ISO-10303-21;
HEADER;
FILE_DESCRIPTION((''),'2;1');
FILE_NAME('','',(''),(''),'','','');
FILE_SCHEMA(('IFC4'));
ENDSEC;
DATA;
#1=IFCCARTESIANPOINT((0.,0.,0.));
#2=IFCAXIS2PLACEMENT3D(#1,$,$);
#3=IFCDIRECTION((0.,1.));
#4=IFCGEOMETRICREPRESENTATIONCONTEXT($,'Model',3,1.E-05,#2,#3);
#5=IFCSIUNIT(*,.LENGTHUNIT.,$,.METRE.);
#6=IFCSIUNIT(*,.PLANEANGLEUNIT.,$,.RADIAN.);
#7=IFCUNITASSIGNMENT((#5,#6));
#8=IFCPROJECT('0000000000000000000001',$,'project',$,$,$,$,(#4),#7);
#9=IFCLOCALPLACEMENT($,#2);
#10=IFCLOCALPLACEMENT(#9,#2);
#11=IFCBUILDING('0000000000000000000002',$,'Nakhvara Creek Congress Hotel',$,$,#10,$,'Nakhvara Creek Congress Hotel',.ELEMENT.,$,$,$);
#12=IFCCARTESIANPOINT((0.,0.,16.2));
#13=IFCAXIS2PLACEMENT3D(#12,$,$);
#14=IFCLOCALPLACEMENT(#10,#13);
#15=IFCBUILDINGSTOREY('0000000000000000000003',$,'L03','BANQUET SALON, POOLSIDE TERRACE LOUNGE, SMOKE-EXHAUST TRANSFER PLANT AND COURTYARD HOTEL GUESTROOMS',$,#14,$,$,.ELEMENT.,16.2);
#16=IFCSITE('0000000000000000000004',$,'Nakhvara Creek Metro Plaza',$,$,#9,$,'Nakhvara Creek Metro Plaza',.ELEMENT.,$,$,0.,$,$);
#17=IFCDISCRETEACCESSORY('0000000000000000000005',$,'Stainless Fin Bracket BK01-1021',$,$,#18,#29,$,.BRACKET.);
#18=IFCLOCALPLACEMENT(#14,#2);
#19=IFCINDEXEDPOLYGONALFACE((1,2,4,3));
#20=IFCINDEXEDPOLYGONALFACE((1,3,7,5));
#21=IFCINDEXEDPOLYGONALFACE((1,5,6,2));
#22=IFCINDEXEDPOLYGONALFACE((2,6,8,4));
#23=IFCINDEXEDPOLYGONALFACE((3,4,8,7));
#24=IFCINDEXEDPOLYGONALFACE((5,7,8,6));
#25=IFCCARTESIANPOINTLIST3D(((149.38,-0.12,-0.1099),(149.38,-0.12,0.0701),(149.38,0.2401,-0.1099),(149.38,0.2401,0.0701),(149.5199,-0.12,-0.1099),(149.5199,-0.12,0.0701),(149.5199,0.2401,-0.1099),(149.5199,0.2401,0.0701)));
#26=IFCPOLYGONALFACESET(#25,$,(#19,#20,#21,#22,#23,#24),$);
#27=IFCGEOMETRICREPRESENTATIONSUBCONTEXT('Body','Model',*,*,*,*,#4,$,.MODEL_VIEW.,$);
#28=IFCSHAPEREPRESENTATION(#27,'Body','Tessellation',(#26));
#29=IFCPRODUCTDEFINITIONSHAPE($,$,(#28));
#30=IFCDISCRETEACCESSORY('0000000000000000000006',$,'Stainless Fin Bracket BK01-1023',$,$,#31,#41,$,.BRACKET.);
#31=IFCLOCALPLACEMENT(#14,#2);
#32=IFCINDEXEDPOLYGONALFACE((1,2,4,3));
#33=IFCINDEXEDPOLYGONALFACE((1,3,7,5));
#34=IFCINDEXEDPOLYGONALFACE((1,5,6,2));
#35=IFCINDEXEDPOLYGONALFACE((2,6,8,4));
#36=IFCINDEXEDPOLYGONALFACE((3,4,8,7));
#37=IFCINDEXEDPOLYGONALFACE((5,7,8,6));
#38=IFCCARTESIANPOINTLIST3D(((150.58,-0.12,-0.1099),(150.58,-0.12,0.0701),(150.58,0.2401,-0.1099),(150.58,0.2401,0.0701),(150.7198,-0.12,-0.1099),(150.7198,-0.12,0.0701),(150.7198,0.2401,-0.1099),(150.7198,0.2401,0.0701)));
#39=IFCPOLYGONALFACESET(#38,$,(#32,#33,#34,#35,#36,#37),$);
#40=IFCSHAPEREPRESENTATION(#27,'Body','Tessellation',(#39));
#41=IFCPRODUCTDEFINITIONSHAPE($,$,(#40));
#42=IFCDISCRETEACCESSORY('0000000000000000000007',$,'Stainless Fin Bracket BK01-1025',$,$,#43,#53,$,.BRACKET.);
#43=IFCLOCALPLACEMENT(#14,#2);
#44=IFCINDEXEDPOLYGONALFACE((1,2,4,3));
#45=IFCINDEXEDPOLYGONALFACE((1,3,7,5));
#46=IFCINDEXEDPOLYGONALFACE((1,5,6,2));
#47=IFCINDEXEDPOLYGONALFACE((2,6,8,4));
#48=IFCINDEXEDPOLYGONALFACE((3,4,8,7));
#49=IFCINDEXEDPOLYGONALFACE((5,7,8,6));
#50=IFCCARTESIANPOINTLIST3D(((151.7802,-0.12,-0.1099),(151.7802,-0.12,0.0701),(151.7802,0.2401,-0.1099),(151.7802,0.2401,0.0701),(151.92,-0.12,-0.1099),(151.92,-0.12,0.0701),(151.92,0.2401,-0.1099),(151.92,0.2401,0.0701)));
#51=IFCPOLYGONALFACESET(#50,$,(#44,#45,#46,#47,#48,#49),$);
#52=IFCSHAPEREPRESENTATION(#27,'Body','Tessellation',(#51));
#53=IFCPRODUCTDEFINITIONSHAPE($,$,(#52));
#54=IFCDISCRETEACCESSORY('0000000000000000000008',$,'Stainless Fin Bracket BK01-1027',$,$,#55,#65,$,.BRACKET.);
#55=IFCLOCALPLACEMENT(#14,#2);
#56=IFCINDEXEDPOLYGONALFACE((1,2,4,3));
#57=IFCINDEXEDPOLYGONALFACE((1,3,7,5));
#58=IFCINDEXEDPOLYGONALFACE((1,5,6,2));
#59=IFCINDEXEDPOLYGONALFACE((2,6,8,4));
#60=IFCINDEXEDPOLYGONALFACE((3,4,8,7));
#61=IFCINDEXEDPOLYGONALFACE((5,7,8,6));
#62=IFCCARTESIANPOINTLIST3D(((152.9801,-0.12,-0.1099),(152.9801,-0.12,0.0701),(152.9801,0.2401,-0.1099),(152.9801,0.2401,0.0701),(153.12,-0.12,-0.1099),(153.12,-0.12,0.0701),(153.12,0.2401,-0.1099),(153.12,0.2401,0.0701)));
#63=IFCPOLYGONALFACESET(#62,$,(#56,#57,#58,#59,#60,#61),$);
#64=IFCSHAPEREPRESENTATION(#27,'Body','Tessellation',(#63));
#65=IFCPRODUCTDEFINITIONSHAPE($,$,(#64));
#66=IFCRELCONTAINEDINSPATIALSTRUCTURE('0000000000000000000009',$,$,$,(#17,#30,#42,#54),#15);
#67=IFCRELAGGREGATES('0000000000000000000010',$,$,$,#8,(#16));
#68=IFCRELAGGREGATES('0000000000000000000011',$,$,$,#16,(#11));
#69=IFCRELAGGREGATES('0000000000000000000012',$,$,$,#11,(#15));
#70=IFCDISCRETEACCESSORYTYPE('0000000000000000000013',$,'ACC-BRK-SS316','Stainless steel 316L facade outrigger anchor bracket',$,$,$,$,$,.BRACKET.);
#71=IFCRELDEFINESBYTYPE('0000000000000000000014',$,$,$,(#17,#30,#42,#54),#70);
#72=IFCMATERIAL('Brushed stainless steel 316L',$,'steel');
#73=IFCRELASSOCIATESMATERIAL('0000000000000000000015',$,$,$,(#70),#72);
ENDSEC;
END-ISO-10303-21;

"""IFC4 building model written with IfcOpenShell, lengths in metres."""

from ifc_helpers import new_model, si_unit, direction, frame, origin, origin_2d, place, context, subcontext, project, spatial, rectangle, extrude, material, type_object, element, save


model = new_model("IFC4")

# Units and contexts
model_context = context("Model", 3, precision=1e-05, world=origin(), true_north=direction((0.0, 1.0)))
body_context = subcontext(model_context, "Body", "Model", "MODEL_VIEW")
ifc_project = project(units=[si_unit("LENGTHUNIT", "METRE"), si_unit("PLANEANGLEUNIT", "RADIAN")], contexts=[model_context])

# Site, building, storey
site_placement = place(None, origin())
site = spatial("IfcSite", under=ifc_project, at=site_placement, Name="Nakhvara Creek Metro Plaza", LongName="Nakhvara Creek Metro Plaza", CompositionType="ELEMENT", RefElevation=0.0)
building_placement = place(site_placement, origin())
building = spatial("IfcBuilding", under=site, at=building_placement, Name="Nakhvara Creek Congress Hotel", LongName="Nakhvara Creek Congress Hotel", CompositionType="ELEMENT")
storey_placement = place(building_placement, frame((0.0, 0.0, 16.2)))
storey = spatial("IfcBuildingStorey", under=building, at=storey_placement, Name="L03", Description="BANQUET SALON, POOLSIDE TERRACE LOUNGE, SMOKE-EXHAUST TRANSFER PLANT AND COURTYARD HOTEL GUESTROOMS", CompositionType="ELEMENT", Elevation=16.2)

# Discrete accessories
ifc_material_1 = material(Name="Brushed stainless steel 316L", Category="steel")
discrete_accessory_type = type_object("IfcDiscreteAccessoryType", Name="ACC-BRK-SS316", Description="Stainless steel 316L facade outrigger anchor bracket", PredefinedType="BRACKET", material=ifc_material_1)
for number, where, z_axis, x_axis, name in (
    (1, (149.45, 0.0601, -0.1099), (0.0, 0.0, 1.0), (1.0, 0.0, 0.0), "Stainless Fin Bracket BK01-1021"),
    (2, (150.6499, 0.0601, -0.1099), (0.0, 0.0, 1.0), (1.0, 0.0, 0.0), "Stainless Fin Bracket BK01-1023"),
    (3, (151.8501, 0.0601, -0.1099), (0.0, 0.0, 1.0), (1.0, 0.0, 0.0), "Stainless Fin Bracket BK01-1025"),
    (4, (153.05, 0.0601, -0.1099), (0.0, 0.0, 1.0), (1.0, 0.0, 0.0), "Stainless Fin Bracket BK01-1027"),
):
    element("IfcDiscreteAccessory", number, at=place(storey_placement, frame(where, z_axis=z_axis, x_axis=x_axis)), inside=storey, type_object=discrete_accessory_type, Name=name, PredefinedType="BRACKET", context=body_context, shape_type="SweptSolid", body=[
        extrude(rectangle(XDim=0.1399, YDim=0.3601, at=origin_2d()), origin(), (0.0, 0.0, 1.0), 0.1799),
    ])

save(model, "model.ifc")
